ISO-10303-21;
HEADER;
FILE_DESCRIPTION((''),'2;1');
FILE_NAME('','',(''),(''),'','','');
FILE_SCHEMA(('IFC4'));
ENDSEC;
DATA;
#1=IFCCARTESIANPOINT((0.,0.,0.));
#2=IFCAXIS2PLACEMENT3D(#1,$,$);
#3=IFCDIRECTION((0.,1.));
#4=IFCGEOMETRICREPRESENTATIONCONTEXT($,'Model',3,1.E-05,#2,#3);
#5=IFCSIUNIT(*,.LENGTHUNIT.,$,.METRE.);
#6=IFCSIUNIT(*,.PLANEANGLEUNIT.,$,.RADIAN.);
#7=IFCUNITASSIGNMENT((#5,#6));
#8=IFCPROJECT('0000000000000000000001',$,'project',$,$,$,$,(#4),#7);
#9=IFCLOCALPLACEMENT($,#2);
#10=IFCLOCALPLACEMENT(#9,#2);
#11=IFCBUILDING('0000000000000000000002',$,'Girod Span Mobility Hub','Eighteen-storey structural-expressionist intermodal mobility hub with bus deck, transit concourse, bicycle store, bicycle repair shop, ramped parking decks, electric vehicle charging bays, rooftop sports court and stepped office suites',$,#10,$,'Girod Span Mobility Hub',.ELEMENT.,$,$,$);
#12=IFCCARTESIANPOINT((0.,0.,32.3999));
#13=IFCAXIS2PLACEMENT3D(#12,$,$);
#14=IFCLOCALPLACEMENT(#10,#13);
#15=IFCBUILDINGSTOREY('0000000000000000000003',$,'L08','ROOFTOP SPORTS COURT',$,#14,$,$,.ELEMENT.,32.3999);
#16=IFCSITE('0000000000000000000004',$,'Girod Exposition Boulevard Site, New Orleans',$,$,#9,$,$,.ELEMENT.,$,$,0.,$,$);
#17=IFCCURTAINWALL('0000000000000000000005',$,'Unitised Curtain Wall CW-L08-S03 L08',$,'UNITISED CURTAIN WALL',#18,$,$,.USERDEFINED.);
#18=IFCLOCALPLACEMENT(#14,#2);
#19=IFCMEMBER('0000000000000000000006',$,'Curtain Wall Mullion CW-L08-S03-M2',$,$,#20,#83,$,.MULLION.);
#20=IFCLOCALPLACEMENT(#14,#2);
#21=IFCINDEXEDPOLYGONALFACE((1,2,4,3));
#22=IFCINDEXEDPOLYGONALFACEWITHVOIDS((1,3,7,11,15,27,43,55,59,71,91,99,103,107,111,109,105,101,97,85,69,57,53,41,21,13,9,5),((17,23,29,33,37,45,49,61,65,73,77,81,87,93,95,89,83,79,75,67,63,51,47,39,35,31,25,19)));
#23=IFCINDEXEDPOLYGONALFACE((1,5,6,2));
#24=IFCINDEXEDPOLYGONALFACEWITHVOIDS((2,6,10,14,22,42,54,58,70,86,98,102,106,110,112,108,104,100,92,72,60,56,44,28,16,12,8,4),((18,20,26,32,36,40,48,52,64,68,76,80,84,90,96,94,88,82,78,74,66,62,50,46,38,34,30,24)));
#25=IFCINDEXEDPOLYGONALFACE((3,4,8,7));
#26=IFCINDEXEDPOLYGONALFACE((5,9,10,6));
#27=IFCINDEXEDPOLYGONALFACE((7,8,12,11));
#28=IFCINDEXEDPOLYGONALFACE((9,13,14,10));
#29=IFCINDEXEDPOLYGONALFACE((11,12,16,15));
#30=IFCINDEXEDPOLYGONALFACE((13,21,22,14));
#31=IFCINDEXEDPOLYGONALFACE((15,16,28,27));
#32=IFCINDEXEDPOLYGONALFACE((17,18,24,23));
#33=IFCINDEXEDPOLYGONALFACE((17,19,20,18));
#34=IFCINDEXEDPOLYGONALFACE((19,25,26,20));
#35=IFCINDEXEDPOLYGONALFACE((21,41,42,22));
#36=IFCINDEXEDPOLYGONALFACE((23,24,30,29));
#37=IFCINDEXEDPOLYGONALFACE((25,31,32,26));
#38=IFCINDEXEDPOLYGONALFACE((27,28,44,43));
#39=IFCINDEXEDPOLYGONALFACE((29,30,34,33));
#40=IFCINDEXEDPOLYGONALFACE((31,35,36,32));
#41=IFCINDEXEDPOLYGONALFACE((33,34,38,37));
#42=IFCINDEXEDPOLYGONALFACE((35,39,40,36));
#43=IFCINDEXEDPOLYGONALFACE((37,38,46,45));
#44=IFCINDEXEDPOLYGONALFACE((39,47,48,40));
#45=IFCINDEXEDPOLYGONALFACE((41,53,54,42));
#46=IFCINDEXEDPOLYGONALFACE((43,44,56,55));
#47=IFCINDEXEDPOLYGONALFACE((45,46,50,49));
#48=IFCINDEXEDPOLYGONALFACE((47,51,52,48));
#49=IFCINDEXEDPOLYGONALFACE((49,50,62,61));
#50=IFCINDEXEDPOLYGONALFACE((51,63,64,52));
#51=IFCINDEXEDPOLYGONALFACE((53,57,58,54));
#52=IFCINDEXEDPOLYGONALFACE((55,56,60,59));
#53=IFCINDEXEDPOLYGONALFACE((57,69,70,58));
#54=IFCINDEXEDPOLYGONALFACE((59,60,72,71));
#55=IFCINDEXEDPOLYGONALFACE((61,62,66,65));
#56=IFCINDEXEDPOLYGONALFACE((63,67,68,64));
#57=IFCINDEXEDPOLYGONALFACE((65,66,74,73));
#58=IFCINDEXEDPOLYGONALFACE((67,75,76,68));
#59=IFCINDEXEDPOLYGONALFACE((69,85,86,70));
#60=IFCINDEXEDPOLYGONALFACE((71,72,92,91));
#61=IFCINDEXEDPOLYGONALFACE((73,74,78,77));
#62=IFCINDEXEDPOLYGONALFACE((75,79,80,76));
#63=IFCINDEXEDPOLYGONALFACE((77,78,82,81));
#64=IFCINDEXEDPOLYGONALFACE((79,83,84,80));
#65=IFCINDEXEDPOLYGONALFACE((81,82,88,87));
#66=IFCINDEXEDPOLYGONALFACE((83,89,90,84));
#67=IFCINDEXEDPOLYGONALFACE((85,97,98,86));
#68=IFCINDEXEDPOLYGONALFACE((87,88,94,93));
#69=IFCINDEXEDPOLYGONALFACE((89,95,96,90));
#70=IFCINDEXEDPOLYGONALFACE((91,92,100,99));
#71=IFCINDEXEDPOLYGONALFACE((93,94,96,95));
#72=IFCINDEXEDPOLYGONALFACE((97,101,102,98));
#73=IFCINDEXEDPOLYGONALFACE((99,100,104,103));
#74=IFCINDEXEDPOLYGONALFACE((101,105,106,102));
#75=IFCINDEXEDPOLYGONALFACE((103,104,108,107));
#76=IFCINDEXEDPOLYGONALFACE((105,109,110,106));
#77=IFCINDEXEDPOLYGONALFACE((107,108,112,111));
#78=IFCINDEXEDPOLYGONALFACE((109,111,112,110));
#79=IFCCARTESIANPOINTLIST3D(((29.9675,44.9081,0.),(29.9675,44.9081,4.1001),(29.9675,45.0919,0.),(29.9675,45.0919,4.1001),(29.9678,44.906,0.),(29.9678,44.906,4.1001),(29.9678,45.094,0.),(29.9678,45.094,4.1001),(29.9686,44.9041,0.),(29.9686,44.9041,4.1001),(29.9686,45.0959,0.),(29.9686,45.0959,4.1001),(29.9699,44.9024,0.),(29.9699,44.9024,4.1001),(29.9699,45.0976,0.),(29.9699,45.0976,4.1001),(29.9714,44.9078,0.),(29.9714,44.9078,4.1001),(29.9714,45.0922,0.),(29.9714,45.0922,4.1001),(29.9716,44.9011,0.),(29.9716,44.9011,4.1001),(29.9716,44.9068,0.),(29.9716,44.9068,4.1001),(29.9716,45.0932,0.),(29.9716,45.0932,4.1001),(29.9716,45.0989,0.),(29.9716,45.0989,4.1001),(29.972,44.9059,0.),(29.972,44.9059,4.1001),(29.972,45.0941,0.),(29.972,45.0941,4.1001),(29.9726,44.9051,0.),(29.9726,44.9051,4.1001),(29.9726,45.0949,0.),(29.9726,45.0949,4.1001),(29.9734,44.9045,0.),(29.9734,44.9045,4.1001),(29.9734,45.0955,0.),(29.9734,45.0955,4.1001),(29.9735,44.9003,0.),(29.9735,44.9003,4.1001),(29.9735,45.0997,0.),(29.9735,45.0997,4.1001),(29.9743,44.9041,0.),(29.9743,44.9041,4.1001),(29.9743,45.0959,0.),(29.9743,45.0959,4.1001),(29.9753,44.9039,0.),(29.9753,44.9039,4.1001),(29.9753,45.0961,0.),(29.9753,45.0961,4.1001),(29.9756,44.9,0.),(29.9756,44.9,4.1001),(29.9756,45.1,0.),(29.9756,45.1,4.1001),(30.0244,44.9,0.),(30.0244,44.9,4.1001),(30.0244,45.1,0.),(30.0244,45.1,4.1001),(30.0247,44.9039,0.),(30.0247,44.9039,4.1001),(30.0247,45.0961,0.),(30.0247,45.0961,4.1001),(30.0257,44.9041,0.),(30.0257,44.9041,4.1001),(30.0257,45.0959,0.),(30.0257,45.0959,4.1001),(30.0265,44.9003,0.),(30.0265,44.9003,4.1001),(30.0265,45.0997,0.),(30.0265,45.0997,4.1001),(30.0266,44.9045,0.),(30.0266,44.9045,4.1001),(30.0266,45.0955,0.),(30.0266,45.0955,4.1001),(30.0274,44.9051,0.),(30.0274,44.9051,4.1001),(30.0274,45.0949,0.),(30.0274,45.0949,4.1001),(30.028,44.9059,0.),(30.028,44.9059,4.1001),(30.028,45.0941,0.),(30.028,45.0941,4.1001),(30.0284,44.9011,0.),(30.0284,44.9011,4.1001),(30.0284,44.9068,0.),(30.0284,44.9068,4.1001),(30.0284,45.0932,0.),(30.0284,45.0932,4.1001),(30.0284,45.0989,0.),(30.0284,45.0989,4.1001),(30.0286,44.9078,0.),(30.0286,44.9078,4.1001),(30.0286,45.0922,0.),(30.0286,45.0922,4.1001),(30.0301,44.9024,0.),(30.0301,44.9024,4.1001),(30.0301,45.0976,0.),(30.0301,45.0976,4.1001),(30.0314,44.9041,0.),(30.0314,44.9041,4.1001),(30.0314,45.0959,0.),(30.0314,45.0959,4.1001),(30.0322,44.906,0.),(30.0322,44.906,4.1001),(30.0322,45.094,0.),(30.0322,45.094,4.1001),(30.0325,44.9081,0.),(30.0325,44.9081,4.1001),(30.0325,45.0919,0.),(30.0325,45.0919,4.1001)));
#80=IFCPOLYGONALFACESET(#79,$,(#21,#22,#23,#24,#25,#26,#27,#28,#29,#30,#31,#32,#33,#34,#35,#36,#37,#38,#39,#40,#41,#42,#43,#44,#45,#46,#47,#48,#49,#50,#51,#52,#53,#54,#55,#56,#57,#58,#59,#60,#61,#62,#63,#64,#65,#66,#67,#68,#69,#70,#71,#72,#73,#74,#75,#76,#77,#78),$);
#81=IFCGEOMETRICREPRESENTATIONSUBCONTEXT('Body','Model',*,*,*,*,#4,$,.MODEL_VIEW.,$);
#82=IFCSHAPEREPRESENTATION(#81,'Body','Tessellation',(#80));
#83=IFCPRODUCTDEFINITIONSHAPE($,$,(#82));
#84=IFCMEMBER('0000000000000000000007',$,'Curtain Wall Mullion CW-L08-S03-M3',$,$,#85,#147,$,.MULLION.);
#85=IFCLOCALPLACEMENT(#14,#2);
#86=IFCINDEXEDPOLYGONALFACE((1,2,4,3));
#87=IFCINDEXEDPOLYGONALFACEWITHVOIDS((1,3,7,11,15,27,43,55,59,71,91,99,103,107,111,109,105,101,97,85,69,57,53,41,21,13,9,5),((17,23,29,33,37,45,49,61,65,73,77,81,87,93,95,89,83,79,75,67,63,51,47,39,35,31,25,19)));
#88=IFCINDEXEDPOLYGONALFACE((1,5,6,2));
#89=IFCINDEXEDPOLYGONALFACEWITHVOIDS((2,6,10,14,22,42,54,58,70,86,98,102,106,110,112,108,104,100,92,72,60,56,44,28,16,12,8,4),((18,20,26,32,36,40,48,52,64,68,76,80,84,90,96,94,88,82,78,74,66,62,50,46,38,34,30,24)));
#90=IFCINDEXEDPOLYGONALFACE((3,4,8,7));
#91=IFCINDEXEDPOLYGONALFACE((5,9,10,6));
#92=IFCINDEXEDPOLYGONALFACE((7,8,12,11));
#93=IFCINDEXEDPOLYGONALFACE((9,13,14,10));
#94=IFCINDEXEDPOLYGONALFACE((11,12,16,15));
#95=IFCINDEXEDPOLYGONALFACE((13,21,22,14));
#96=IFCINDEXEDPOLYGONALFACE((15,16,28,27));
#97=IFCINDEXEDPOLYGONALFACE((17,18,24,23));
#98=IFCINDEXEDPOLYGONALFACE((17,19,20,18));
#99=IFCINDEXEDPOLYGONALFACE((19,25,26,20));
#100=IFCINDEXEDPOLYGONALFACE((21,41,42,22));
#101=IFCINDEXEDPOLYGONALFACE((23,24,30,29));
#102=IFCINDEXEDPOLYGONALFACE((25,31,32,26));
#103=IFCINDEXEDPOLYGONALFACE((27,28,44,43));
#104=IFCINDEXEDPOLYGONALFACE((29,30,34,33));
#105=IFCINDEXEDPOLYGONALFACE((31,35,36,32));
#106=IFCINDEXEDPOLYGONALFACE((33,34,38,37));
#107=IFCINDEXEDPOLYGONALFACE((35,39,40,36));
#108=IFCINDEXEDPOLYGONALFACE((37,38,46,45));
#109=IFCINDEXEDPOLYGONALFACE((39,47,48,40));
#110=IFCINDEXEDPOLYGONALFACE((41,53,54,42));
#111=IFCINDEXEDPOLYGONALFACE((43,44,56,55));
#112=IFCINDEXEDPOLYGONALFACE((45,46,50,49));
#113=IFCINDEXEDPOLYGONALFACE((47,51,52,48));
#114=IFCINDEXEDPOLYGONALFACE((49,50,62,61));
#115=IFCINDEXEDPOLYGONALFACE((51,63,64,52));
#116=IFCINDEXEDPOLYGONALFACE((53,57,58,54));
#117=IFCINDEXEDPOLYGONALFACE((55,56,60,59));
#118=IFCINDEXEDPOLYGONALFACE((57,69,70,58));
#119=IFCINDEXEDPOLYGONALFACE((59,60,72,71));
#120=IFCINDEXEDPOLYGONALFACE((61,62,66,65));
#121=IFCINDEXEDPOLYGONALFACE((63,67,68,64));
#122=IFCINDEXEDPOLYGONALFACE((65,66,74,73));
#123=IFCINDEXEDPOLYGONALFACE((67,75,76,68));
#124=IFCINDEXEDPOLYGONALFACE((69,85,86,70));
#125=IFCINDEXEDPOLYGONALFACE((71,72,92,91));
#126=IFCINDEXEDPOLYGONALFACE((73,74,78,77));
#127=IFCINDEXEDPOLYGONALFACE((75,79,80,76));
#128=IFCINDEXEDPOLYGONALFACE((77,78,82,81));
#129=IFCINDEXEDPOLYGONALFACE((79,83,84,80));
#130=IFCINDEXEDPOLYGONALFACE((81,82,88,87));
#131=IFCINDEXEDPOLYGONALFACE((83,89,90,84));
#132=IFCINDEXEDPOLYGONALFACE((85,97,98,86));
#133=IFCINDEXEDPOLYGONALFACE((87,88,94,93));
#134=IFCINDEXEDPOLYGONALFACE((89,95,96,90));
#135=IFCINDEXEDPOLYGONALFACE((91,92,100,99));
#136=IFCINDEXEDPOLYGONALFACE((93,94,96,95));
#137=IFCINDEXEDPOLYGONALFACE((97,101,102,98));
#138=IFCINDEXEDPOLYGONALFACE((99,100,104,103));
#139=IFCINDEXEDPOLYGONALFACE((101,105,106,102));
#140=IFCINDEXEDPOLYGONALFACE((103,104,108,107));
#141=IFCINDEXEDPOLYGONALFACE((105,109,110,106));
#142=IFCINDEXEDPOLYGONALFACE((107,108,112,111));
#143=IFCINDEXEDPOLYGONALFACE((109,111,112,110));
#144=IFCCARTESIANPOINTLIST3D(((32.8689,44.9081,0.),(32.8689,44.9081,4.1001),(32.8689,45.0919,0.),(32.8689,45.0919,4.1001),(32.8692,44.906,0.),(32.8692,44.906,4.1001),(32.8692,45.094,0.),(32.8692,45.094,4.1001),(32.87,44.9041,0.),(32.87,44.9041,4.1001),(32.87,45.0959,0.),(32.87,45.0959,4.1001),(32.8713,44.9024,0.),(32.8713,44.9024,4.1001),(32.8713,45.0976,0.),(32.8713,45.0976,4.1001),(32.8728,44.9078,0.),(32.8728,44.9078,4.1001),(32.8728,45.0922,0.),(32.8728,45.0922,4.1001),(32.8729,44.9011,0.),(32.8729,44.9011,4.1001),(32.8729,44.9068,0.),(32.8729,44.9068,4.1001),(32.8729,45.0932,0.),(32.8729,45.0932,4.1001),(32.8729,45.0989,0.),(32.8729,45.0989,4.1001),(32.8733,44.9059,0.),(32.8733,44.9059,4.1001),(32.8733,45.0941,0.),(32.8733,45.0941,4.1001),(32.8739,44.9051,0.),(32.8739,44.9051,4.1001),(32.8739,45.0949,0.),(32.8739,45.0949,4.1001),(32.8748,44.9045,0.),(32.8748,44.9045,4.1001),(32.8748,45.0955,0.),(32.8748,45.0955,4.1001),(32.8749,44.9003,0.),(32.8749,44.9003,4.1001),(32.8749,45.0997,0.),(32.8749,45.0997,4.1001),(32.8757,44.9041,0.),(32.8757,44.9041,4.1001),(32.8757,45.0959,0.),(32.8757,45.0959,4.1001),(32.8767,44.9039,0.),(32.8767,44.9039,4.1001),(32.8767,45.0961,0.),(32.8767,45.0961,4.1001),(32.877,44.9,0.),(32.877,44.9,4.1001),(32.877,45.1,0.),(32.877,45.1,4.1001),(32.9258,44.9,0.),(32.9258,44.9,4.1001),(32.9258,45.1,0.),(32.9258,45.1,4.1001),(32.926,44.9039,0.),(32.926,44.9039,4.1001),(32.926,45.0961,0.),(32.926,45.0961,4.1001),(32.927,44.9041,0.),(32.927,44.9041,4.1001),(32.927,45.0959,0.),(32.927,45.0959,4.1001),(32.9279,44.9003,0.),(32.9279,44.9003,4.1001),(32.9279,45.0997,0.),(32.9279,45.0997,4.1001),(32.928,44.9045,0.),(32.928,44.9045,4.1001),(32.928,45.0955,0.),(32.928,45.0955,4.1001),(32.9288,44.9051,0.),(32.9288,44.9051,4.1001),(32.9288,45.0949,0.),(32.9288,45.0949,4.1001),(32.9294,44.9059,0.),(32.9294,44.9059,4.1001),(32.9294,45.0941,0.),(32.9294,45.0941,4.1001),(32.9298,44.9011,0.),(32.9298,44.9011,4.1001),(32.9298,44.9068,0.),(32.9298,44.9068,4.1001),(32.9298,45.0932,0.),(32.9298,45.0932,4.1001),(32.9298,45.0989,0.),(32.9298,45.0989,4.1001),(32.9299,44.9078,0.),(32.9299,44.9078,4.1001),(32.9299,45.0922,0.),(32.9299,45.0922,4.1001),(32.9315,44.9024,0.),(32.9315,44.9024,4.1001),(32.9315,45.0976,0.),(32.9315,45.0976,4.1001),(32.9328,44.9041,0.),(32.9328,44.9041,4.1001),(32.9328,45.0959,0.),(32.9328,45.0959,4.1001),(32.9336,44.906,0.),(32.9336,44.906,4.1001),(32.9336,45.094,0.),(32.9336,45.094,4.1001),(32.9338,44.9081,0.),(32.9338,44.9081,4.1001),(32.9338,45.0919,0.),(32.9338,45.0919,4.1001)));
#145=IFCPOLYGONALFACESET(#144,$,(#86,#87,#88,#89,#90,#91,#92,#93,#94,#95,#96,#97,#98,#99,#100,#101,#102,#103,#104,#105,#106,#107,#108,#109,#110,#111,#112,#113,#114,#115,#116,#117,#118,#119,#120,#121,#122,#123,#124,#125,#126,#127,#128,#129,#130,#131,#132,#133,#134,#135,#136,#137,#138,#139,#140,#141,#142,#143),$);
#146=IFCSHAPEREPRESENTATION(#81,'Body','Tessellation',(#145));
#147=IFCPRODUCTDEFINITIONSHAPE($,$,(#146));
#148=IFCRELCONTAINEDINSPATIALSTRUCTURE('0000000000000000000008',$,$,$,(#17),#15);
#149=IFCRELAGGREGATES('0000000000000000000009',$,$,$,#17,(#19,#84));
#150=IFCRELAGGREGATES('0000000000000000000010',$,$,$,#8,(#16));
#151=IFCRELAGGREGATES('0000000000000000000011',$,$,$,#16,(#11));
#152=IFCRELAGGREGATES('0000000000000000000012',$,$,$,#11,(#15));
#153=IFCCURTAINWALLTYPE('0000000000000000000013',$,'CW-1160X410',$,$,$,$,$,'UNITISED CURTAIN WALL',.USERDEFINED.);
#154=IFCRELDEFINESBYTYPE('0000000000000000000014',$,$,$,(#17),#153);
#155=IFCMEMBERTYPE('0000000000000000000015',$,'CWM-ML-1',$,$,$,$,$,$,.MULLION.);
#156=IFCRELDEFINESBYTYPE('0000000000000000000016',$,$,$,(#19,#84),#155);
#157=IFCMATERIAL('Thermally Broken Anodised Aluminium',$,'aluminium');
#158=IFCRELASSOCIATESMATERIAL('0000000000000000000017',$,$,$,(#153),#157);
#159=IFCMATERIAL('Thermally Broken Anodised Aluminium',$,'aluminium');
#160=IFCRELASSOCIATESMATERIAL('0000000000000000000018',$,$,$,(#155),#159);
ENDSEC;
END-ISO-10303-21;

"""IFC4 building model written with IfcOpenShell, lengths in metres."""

from ifc_helpers import new_model, si_unit, direction, frame, origin, origin_2d, place, context, subcontext, project, spatial, hollow_rectangle, extrude, material, material_profile, profile_set, type_object, element, aggregate, save


model = new_model("IFC4")

# Units and contexts
model_context = context("Model", 3, precision=1e-05, world=origin(), true_north=direction((0.0, 1.0)))
body_context = subcontext(model_context, "Body", "Model", "MODEL_VIEW")
ifc_project = project(units=[si_unit("LENGTHUNIT", "METRE"), si_unit("PLANEANGLEUNIT", "RADIAN")], contexts=[model_context])

# Site, building, storey
site_placement = place(None, origin())
site = spatial("IfcSite", under=ifc_project, at=site_placement, Name="Girod Exposition Boulevard Site, New Orleans", CompositionType="ELEMENT", RefElevation=0.0)
building_placement = place(site_placement, origin())
building = spatial("IfcBuilding", under=site, at=building_placement, Name="Girod Span Mobility Hub", Description="Eighteen-storey structural-expressionist intermodal mobility hub with bus deck, transit concourse, bicycle store, bicycle repair shop, ramped parking decks, electric vehicle charging bays, rooftop sports court and stepped office suites", LongName="Girod Span Mobility Hub", CompositionType="ELEMENT")
storey_placement = place(building_placement, frame((0.0, 0.0, 32.3999)))
storey = spatial("IfcBuildingStorey", under=building, at=storey_placement, Name="L08", Description="ROOFTOP SPORTS COURT", CompositionType="ELEMENT", Elevation=32.3999)

# Curtain wall, members
ifc_material_1 = material(Name="Thermally Broken Anodised Aluminium", Category="aluminium")
curtain_wall_type_1 = type_object("IfcCurtainWallType", Name="CW-1160X410", ElementType="UNITISED CURTAIN WALL", PredefinedType="USERDEFINED", material=ifc_material_1)
curtain_wall_1_placement = place(storey_placement, origin())
curtain_wall_1 = element("IfcCurtainWall", 1, at=curtain_wall_1_placement, inside=storey, type_object=curtain_wall_type_1, Name="Unitised Curtain Wall CW-L08-S03 L08", ObjectType="UNITISED CURTAIN WALL", PredefinedType="USERDEFINED")
ifc_material_2 = material(Name="Thermally Broken Anodised Aluminium", Category="aluminium")
ifc_material_profile_1 = material_profile(ifc_material_2, hollow_rectangle(XDim=0.2, YDim=0.0649, WallThickness=0.0039, InnerFilletRadius=0.0039, OuterFilletRadius=0.0081, at=origin_2d()), Name="CW-ML-65X200")
ifc_profile_set_1 = profile_set([ifc_material_profile_1], Name="Thermally Broken Anodised Aluminium")
member_type_1 = type_object("IfcMemberType", Name="CWM-ML-1", PredefinedType="MULLION", material=ifc_profile_set_1)
member_1_placement = place(storey_placement, frame((30.0, 45.0, 0.0), z_axis=(0.0, 0.0, 1.0), x_axis=(0.0, 1.0, 0.0)))
member_1 = element("IfcMember", 2, at=member_1_placement, type_object=member_type_1, Name="Curtain Wall Mullion CW-L08-S03-M2", PredefinedType="MULLION", context=body_context, shape_type="SweptSolid", body=[
    extrude(hollow_rectangle(XDim=0.2, YDim=0.0649, WallThickness=0.0039, InnerFilletRadius=0.0039, OuterFilletRadius=0.0081, at=origin_2d()), origin(), (0.0, 0.0, 1.0), 4.1001),
])
member_2_placement = place(storey_placement, frame((32.9014, 45.0, 0.0), z_axis=(0.0, 0.0, 1.0), x_axis=(0.0, 1.0, 0.0)))
member_2 = element("IfcMember", 3, at=member_2_placement, type_object=member_type_1, Name="Curtain Wall Mullion CW-L08-S03-M3", PredefinedType="MULLION", context=body_context, shape_type="SweptSolid", body=[
    extrude(hollow_rectangle(XDim=0.2, YDim=0.0649, WallThickness=0.0039, InnerFilletRadius=0.0039, OuterFilletRadius=0.0081, at=origin_2d()), origin(), (0.0, 0.0, 1.0), 4.1001),
])

aggregate(curtain_wall_1, [member_1, member_2])

save(model, "model.ifc")
